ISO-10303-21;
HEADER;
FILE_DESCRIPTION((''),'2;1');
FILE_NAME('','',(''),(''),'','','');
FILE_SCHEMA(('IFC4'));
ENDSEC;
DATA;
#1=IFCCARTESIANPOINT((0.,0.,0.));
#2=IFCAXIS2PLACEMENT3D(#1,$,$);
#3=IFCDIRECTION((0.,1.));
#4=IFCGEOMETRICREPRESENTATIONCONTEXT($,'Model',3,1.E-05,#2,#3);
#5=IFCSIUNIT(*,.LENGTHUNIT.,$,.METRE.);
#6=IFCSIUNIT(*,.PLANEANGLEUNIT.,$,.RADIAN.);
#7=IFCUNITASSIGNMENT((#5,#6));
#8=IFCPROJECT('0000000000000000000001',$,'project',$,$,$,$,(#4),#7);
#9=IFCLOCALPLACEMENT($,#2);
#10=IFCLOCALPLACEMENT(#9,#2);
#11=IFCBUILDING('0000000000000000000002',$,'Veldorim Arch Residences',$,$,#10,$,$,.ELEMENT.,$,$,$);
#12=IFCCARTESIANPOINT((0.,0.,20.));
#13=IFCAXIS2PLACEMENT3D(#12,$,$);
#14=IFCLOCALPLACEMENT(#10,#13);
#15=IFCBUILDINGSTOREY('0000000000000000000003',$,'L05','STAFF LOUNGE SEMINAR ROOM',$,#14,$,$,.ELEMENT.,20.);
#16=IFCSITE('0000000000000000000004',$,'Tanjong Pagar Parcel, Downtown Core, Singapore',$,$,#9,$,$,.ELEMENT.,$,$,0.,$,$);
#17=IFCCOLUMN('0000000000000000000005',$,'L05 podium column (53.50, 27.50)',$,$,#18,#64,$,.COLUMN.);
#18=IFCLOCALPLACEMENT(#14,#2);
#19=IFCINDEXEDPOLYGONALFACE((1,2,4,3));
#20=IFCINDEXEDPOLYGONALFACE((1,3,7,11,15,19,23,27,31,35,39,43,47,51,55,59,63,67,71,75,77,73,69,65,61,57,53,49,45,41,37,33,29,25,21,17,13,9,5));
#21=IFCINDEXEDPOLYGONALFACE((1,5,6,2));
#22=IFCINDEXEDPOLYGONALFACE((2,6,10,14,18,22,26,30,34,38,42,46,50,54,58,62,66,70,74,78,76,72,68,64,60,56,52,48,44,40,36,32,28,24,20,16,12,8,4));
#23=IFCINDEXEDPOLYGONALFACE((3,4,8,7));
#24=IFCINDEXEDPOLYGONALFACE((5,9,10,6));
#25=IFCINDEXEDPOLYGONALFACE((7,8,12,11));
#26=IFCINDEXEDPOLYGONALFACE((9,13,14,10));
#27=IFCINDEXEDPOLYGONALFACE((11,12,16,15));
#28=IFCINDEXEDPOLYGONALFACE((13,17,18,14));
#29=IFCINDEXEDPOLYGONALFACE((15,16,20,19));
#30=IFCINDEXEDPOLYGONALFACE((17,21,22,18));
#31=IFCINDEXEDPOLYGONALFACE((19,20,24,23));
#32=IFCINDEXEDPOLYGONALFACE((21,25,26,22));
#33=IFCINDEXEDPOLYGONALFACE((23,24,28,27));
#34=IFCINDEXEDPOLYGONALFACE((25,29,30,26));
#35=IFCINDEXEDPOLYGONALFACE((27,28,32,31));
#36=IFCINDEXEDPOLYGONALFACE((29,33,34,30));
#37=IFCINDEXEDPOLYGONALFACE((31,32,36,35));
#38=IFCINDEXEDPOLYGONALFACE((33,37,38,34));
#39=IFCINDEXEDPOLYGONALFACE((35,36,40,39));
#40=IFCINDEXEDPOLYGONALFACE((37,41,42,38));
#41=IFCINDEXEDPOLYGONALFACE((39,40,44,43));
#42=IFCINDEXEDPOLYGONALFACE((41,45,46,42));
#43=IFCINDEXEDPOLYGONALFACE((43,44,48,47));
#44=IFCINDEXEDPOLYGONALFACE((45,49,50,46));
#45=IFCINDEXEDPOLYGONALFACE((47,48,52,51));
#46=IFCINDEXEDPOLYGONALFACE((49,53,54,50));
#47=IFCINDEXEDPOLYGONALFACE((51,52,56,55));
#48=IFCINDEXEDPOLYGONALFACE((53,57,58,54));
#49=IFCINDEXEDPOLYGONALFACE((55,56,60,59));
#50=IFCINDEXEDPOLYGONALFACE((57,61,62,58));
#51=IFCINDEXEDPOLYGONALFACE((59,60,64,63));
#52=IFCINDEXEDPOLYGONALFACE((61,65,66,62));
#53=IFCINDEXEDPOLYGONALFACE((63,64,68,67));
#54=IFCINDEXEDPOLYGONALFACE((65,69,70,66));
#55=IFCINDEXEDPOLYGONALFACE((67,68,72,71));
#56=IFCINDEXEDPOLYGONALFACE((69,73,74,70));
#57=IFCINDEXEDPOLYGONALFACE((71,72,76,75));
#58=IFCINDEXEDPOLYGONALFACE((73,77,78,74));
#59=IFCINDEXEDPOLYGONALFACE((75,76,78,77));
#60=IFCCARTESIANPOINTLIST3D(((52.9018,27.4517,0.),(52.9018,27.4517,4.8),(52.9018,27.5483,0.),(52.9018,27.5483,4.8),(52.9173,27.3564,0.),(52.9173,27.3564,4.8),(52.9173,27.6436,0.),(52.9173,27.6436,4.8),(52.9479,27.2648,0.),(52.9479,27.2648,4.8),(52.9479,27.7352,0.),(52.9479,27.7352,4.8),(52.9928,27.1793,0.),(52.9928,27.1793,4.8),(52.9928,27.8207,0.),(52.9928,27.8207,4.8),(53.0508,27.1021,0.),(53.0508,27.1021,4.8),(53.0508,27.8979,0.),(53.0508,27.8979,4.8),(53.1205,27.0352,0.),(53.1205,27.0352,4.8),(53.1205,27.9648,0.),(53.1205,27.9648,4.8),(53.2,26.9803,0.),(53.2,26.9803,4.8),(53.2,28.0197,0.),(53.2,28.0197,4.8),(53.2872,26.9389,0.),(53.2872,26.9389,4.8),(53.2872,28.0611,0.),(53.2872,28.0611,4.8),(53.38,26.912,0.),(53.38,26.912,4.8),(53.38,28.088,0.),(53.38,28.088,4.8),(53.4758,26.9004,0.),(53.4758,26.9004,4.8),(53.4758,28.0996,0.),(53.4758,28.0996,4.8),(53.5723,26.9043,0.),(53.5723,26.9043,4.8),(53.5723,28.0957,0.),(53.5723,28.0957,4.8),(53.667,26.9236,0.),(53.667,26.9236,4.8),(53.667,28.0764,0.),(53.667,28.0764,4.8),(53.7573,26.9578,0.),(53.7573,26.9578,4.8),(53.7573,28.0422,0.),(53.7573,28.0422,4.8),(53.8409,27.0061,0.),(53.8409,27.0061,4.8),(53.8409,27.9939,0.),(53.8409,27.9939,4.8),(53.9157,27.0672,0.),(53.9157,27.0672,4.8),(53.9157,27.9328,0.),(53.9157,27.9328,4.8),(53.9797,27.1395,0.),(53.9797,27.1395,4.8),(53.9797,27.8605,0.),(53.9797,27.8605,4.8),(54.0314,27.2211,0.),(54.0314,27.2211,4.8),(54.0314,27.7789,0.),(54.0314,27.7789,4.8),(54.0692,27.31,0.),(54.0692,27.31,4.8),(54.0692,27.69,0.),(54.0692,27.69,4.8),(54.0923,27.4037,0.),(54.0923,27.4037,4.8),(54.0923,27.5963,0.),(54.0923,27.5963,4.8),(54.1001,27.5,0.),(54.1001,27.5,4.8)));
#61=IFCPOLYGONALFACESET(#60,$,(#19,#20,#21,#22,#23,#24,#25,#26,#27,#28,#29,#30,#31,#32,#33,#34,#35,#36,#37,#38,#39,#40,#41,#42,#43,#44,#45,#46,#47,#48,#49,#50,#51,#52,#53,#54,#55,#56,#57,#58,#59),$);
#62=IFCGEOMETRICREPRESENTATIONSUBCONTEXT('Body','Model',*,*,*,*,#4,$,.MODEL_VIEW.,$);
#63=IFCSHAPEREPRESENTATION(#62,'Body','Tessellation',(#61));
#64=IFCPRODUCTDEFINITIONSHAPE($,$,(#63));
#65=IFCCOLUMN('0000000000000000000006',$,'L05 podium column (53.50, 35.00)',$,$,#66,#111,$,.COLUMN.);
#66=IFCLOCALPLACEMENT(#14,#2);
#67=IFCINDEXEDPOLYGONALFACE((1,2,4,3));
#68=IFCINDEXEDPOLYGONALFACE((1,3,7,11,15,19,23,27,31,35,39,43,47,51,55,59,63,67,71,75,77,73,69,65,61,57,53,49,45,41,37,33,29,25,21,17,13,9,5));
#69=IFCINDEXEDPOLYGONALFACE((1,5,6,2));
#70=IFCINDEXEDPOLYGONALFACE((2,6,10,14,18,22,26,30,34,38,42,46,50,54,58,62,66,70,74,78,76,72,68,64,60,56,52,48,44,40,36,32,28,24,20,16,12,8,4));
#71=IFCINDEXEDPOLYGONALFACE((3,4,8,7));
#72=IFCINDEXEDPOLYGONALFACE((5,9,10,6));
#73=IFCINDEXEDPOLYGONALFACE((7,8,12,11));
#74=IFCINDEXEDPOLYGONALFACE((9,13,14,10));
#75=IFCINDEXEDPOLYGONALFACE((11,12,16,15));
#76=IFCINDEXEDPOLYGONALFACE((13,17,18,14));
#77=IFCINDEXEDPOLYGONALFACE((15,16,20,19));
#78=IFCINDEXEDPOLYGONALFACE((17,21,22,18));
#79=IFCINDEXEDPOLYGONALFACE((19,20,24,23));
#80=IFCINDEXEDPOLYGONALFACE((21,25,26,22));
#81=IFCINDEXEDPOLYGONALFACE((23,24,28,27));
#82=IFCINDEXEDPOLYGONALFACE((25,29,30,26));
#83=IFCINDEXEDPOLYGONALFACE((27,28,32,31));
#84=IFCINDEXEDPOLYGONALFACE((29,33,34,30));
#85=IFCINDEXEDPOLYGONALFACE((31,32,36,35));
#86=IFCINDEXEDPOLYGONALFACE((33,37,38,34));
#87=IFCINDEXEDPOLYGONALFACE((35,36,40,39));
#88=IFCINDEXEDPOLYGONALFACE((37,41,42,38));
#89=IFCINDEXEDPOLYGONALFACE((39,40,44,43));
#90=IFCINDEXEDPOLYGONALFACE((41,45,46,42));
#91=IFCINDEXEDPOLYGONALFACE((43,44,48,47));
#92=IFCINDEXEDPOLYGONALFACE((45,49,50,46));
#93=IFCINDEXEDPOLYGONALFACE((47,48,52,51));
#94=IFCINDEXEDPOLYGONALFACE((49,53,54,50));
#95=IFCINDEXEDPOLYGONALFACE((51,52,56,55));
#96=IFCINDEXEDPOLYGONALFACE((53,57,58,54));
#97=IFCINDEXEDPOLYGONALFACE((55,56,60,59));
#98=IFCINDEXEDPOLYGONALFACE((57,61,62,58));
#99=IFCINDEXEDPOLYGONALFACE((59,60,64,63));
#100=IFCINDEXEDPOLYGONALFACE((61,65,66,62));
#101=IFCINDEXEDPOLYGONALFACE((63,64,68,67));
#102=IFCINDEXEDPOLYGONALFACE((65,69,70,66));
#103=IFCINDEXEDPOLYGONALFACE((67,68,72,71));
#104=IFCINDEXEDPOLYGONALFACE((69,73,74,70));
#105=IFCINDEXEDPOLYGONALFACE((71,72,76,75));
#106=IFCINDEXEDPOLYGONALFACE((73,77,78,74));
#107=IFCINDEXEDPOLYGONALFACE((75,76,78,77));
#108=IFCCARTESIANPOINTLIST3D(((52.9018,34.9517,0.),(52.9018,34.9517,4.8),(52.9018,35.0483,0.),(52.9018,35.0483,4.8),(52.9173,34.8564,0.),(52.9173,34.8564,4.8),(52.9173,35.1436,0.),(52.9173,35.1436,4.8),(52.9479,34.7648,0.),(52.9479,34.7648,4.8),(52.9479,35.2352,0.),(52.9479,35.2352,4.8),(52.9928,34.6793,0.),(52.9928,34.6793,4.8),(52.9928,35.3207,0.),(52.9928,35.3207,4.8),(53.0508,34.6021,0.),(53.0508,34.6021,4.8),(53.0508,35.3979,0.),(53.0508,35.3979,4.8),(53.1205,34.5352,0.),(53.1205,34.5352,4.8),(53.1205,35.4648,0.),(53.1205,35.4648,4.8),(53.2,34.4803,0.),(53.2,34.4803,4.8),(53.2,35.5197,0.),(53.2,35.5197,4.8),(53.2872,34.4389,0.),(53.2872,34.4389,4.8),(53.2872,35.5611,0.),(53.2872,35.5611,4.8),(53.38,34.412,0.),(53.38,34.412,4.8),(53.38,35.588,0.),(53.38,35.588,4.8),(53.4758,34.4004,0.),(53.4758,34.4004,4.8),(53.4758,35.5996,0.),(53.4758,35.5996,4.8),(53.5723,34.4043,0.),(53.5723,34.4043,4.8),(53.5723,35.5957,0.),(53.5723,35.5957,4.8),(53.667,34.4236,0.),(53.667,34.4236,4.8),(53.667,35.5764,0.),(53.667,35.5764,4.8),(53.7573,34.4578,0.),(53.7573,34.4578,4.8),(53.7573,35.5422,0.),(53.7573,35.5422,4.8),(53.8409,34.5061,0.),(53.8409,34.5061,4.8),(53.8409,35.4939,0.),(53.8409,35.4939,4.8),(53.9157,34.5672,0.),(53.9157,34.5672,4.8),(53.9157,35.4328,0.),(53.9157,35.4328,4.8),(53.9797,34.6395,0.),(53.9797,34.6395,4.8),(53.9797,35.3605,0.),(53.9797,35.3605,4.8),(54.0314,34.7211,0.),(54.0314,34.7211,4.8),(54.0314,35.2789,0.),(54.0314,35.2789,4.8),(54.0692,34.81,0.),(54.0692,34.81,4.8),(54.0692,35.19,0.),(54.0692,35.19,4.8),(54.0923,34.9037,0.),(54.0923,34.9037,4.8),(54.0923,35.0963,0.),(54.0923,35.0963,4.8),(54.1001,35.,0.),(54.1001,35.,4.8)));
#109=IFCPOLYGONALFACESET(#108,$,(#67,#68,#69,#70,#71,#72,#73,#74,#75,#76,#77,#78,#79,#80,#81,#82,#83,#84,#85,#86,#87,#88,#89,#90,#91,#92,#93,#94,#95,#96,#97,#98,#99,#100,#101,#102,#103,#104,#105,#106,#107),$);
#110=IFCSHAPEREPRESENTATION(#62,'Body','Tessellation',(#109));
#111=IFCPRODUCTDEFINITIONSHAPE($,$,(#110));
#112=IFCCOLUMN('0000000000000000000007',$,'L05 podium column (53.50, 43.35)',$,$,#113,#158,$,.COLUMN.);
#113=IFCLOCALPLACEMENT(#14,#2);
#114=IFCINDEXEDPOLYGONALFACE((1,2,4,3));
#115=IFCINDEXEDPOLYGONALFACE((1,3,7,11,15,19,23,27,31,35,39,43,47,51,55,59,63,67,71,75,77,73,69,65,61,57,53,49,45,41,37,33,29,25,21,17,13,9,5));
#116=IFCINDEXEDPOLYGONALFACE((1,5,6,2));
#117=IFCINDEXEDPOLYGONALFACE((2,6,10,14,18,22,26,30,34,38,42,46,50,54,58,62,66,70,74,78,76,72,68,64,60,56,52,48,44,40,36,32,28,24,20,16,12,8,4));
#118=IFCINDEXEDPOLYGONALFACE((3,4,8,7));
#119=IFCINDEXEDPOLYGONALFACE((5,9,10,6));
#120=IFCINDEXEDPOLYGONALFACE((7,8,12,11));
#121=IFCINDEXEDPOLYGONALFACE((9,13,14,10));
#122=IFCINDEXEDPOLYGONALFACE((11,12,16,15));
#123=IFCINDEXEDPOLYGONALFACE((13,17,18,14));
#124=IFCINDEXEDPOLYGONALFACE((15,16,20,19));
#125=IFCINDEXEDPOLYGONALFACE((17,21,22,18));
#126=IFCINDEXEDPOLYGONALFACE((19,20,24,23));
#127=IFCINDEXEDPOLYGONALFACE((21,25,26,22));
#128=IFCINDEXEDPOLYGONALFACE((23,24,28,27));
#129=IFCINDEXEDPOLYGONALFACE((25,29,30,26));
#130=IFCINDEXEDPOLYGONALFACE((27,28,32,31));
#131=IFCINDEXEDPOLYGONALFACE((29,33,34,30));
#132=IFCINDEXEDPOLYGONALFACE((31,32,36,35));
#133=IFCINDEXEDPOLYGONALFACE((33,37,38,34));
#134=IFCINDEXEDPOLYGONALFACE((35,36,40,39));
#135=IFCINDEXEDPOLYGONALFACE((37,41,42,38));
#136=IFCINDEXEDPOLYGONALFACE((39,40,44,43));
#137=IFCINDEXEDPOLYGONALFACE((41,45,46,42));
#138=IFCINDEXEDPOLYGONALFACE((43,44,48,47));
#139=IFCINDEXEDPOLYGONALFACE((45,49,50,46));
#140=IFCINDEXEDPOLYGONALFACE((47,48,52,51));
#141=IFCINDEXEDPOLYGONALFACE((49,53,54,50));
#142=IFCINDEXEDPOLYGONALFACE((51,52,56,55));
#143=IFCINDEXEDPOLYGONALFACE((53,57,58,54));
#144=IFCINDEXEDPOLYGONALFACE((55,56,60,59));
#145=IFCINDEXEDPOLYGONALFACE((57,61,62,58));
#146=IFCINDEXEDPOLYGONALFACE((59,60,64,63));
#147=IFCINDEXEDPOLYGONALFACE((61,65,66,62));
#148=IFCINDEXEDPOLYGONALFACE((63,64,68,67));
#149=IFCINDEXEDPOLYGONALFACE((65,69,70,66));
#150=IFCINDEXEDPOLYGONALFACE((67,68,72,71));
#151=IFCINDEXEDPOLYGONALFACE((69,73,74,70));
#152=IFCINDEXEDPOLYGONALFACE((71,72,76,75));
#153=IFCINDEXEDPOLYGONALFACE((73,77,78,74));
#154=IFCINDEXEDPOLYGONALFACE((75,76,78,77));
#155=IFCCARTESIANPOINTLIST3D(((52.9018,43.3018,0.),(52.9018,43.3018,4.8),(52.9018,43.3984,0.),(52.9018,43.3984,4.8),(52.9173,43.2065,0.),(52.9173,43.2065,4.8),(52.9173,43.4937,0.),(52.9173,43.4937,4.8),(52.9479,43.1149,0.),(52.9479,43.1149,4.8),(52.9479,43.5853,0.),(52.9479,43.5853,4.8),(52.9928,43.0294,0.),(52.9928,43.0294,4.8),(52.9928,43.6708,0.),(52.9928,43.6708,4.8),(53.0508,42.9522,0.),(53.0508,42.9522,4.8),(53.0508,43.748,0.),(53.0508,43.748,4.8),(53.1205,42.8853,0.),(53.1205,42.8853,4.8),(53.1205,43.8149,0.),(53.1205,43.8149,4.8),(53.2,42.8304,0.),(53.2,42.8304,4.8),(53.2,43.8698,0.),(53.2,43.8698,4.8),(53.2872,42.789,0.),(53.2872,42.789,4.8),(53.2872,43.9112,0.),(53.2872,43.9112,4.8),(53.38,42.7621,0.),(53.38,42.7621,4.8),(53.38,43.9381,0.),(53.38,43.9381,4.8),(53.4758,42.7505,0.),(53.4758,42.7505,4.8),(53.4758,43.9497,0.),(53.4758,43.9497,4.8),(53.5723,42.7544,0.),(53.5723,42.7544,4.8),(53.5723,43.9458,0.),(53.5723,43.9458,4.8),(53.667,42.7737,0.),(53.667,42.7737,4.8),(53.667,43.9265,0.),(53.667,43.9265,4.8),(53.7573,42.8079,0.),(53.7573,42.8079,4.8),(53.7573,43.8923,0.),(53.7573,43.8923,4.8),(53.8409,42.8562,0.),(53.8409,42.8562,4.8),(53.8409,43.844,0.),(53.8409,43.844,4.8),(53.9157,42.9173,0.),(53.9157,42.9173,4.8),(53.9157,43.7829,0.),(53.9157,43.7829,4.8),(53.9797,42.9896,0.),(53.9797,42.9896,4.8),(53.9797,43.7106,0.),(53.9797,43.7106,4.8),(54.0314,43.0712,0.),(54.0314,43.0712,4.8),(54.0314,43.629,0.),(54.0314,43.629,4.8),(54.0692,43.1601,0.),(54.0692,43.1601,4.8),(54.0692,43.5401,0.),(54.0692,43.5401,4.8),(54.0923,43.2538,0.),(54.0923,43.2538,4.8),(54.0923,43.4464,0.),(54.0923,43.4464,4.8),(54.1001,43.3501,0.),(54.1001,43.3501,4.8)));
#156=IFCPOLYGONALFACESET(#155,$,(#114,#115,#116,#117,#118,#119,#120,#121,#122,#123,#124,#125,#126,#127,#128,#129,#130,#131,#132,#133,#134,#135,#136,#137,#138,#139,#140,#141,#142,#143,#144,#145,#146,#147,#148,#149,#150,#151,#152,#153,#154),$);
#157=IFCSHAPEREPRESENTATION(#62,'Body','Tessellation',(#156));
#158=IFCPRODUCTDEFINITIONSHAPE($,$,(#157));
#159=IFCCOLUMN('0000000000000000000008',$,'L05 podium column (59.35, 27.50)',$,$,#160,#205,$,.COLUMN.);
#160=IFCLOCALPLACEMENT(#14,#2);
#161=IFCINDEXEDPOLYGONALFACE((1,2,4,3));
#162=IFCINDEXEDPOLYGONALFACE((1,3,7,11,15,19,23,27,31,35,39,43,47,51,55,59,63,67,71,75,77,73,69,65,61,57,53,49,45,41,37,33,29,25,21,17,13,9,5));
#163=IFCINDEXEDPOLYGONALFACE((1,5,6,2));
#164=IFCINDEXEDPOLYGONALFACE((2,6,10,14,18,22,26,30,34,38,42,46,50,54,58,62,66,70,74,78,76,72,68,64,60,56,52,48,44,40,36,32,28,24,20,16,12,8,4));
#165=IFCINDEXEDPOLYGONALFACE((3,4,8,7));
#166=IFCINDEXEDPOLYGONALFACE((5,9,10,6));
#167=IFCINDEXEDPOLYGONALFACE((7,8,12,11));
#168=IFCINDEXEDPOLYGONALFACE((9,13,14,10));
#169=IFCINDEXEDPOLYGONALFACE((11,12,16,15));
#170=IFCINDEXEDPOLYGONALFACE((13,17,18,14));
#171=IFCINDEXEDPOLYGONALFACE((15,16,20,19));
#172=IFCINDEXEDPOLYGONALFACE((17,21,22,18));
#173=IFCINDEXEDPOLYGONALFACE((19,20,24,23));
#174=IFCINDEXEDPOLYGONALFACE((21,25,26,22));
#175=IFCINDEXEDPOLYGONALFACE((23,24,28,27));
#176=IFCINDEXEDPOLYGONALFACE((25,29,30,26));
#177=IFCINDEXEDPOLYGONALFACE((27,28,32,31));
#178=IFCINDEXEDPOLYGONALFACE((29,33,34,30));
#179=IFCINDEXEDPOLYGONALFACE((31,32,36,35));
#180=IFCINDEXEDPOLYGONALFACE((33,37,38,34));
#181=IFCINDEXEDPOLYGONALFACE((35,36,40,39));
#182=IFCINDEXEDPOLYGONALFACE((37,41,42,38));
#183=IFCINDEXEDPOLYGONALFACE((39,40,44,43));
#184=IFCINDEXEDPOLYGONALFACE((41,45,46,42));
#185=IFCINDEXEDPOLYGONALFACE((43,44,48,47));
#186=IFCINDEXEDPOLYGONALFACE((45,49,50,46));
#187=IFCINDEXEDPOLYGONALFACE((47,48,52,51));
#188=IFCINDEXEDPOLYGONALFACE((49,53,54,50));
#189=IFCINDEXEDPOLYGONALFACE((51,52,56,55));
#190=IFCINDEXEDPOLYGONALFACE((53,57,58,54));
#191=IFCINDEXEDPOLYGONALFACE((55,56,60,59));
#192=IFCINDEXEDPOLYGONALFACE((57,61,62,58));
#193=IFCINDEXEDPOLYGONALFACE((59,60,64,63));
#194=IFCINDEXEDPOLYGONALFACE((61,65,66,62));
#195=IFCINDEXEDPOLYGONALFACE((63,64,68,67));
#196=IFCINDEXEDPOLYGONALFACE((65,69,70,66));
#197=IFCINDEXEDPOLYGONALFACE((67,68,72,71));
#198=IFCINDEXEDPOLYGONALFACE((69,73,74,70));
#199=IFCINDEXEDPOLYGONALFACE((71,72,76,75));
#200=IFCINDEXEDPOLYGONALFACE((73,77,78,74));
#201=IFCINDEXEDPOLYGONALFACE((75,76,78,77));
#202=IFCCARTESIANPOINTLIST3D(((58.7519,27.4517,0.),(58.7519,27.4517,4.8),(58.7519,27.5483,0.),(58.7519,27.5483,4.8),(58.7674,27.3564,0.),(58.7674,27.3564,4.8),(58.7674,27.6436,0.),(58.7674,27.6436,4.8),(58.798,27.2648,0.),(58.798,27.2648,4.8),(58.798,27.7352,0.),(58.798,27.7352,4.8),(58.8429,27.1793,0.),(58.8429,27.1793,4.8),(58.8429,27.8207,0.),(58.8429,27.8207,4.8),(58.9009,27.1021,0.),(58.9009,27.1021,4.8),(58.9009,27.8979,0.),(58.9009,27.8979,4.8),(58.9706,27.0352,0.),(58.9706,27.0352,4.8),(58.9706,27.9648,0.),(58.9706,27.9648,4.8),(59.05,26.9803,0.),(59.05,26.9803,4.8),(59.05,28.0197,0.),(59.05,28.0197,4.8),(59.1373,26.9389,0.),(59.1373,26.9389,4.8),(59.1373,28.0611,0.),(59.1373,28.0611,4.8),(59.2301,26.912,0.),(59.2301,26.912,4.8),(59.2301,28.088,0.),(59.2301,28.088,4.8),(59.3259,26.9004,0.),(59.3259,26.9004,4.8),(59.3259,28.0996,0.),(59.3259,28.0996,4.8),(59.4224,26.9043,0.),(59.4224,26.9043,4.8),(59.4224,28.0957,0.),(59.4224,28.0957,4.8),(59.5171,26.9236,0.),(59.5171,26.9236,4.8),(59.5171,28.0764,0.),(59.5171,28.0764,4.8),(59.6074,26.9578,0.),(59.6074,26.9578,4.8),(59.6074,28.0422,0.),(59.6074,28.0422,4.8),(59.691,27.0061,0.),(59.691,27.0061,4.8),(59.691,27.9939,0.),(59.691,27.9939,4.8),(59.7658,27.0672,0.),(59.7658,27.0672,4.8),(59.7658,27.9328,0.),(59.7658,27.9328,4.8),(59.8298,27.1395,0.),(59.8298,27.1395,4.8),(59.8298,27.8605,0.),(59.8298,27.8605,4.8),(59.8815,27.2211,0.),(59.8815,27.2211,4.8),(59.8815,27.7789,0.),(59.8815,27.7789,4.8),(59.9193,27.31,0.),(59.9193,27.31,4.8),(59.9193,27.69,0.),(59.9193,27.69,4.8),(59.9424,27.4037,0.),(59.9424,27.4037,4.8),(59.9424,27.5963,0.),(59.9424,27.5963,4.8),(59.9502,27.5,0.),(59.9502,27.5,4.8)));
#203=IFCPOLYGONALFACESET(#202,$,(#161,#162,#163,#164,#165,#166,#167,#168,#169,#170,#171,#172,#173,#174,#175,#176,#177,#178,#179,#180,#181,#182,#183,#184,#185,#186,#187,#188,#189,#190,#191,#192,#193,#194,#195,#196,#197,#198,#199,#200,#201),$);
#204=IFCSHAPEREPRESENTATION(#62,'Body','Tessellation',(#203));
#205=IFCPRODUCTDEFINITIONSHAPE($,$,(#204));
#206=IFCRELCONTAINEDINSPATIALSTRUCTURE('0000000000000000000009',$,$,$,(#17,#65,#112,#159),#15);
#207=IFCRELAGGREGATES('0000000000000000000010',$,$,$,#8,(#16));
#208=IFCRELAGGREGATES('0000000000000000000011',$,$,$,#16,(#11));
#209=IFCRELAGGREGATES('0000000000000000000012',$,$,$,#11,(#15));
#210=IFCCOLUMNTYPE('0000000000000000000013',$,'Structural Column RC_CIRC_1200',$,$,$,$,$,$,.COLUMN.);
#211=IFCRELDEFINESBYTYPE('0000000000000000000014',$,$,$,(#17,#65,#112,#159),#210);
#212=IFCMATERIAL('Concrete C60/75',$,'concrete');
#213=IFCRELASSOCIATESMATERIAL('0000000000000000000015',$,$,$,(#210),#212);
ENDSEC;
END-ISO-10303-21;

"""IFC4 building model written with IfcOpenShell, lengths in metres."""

from ifc_helpers import new_model, si_unit, direction, frame, origin, origin_2d, place, context, subcontext, project, spatial, circle, extrude, material, material_profile, profile_set, type_object, element, save


model = new_model("IFC4")

# Units and contexts
model_context = context("Model", 3, precision=1e-05, world=origin(), true_north=direction((0.0, 1.0)))
body_context = subcontext(model_context, "Body", "Model", "MODEL_VIEW")
ifc_project = project(units=[si_unit("LENGTHUNIT", "METRE"), si_unit("PLANEANGLEUNIT", "RADIAN")], contexts=[model_context])

# Site, building, storey
site_placement = place(None, origin())
site = spatial("IfcSite", under=ifc_project, at=site_placement, Name="Tanjong Pagar Parcel, Downtown Core, Singapore", CompositionType="ELEMENT", RefElevation=0.0)
building_placement = place(site_placement, origin())
building = spatial("IfcBuilding", under=site, at=building_placement, Name="Veldorim Arch Residences", CompositionType="ELEMENT")
storey_placement = place(building_placement, frame((0.0, 0.0, 20.0)))
storey = spatial("IfcBuildingStorey", under=building, at=storey_placement, Name="L05", Description="STAFF LOUNGE SEMINAR ROOM", CompositionType="ELEMENT", Elevation=20.0)

# Columns
ifc_material_1 = material(Name="Concrete C60/75", Category="concrete")
ifc_material_profile_1 = material_profile(ifc_material_1, circle(Radius=0.6001, at=origin_2d()), Name="RC_CIRC_1200")
ifc_profile_set_1 = profile_set([ifc_material_profile_1], Name="Concrete C60/75")
column_type = type_object("IfcColumnType", Name="Structural Column RC_CIRC_1200", PredefinedType="COLUMN", material=ifc_profile_set_1)
for number, where, z_axis, x_axis, name in (
    (1, (53.5, 27.5, 0.0), (0.0, 0.0, 1.0), (1.0, 0.0, 0.0), "L05 podium column (53.50, 27.50)"),
    (2, (53.5, 35.0, 0.0), (0.0, 0.0, 1.0), (1.0, 0.0, 0.0), "L05 podium column (53.50, 35.00)"),
    (3, (53.5, 43.3501, 0.0), (0.0, 0.0, 1.0), (1.0, 0.0, 0.0), "L05 podium column (53.50, 43.35)"),
    (4, (59.3501, 27.5, 0.0), (0.0, 0.0, 1.0), (1.0, 0.0, 0.0), "L05 podium column (59.35, 27.50)"),
):
    element("IfcColumn", number, at=place(storey_placement, frame(where, z_axis=z_axis, x_axis=x_axis)), inside=storey, type_object=column_type, Name=name, PredefinedType="COLUMN", context=body_context, shape_type="SweptSolid", body=[
        extrude(circle(Radius=0.6001, at=origin_2d()), origin(), (0.0, 0.0, 1.0), 4.8),
    ])

save(model, "model.ifc")
